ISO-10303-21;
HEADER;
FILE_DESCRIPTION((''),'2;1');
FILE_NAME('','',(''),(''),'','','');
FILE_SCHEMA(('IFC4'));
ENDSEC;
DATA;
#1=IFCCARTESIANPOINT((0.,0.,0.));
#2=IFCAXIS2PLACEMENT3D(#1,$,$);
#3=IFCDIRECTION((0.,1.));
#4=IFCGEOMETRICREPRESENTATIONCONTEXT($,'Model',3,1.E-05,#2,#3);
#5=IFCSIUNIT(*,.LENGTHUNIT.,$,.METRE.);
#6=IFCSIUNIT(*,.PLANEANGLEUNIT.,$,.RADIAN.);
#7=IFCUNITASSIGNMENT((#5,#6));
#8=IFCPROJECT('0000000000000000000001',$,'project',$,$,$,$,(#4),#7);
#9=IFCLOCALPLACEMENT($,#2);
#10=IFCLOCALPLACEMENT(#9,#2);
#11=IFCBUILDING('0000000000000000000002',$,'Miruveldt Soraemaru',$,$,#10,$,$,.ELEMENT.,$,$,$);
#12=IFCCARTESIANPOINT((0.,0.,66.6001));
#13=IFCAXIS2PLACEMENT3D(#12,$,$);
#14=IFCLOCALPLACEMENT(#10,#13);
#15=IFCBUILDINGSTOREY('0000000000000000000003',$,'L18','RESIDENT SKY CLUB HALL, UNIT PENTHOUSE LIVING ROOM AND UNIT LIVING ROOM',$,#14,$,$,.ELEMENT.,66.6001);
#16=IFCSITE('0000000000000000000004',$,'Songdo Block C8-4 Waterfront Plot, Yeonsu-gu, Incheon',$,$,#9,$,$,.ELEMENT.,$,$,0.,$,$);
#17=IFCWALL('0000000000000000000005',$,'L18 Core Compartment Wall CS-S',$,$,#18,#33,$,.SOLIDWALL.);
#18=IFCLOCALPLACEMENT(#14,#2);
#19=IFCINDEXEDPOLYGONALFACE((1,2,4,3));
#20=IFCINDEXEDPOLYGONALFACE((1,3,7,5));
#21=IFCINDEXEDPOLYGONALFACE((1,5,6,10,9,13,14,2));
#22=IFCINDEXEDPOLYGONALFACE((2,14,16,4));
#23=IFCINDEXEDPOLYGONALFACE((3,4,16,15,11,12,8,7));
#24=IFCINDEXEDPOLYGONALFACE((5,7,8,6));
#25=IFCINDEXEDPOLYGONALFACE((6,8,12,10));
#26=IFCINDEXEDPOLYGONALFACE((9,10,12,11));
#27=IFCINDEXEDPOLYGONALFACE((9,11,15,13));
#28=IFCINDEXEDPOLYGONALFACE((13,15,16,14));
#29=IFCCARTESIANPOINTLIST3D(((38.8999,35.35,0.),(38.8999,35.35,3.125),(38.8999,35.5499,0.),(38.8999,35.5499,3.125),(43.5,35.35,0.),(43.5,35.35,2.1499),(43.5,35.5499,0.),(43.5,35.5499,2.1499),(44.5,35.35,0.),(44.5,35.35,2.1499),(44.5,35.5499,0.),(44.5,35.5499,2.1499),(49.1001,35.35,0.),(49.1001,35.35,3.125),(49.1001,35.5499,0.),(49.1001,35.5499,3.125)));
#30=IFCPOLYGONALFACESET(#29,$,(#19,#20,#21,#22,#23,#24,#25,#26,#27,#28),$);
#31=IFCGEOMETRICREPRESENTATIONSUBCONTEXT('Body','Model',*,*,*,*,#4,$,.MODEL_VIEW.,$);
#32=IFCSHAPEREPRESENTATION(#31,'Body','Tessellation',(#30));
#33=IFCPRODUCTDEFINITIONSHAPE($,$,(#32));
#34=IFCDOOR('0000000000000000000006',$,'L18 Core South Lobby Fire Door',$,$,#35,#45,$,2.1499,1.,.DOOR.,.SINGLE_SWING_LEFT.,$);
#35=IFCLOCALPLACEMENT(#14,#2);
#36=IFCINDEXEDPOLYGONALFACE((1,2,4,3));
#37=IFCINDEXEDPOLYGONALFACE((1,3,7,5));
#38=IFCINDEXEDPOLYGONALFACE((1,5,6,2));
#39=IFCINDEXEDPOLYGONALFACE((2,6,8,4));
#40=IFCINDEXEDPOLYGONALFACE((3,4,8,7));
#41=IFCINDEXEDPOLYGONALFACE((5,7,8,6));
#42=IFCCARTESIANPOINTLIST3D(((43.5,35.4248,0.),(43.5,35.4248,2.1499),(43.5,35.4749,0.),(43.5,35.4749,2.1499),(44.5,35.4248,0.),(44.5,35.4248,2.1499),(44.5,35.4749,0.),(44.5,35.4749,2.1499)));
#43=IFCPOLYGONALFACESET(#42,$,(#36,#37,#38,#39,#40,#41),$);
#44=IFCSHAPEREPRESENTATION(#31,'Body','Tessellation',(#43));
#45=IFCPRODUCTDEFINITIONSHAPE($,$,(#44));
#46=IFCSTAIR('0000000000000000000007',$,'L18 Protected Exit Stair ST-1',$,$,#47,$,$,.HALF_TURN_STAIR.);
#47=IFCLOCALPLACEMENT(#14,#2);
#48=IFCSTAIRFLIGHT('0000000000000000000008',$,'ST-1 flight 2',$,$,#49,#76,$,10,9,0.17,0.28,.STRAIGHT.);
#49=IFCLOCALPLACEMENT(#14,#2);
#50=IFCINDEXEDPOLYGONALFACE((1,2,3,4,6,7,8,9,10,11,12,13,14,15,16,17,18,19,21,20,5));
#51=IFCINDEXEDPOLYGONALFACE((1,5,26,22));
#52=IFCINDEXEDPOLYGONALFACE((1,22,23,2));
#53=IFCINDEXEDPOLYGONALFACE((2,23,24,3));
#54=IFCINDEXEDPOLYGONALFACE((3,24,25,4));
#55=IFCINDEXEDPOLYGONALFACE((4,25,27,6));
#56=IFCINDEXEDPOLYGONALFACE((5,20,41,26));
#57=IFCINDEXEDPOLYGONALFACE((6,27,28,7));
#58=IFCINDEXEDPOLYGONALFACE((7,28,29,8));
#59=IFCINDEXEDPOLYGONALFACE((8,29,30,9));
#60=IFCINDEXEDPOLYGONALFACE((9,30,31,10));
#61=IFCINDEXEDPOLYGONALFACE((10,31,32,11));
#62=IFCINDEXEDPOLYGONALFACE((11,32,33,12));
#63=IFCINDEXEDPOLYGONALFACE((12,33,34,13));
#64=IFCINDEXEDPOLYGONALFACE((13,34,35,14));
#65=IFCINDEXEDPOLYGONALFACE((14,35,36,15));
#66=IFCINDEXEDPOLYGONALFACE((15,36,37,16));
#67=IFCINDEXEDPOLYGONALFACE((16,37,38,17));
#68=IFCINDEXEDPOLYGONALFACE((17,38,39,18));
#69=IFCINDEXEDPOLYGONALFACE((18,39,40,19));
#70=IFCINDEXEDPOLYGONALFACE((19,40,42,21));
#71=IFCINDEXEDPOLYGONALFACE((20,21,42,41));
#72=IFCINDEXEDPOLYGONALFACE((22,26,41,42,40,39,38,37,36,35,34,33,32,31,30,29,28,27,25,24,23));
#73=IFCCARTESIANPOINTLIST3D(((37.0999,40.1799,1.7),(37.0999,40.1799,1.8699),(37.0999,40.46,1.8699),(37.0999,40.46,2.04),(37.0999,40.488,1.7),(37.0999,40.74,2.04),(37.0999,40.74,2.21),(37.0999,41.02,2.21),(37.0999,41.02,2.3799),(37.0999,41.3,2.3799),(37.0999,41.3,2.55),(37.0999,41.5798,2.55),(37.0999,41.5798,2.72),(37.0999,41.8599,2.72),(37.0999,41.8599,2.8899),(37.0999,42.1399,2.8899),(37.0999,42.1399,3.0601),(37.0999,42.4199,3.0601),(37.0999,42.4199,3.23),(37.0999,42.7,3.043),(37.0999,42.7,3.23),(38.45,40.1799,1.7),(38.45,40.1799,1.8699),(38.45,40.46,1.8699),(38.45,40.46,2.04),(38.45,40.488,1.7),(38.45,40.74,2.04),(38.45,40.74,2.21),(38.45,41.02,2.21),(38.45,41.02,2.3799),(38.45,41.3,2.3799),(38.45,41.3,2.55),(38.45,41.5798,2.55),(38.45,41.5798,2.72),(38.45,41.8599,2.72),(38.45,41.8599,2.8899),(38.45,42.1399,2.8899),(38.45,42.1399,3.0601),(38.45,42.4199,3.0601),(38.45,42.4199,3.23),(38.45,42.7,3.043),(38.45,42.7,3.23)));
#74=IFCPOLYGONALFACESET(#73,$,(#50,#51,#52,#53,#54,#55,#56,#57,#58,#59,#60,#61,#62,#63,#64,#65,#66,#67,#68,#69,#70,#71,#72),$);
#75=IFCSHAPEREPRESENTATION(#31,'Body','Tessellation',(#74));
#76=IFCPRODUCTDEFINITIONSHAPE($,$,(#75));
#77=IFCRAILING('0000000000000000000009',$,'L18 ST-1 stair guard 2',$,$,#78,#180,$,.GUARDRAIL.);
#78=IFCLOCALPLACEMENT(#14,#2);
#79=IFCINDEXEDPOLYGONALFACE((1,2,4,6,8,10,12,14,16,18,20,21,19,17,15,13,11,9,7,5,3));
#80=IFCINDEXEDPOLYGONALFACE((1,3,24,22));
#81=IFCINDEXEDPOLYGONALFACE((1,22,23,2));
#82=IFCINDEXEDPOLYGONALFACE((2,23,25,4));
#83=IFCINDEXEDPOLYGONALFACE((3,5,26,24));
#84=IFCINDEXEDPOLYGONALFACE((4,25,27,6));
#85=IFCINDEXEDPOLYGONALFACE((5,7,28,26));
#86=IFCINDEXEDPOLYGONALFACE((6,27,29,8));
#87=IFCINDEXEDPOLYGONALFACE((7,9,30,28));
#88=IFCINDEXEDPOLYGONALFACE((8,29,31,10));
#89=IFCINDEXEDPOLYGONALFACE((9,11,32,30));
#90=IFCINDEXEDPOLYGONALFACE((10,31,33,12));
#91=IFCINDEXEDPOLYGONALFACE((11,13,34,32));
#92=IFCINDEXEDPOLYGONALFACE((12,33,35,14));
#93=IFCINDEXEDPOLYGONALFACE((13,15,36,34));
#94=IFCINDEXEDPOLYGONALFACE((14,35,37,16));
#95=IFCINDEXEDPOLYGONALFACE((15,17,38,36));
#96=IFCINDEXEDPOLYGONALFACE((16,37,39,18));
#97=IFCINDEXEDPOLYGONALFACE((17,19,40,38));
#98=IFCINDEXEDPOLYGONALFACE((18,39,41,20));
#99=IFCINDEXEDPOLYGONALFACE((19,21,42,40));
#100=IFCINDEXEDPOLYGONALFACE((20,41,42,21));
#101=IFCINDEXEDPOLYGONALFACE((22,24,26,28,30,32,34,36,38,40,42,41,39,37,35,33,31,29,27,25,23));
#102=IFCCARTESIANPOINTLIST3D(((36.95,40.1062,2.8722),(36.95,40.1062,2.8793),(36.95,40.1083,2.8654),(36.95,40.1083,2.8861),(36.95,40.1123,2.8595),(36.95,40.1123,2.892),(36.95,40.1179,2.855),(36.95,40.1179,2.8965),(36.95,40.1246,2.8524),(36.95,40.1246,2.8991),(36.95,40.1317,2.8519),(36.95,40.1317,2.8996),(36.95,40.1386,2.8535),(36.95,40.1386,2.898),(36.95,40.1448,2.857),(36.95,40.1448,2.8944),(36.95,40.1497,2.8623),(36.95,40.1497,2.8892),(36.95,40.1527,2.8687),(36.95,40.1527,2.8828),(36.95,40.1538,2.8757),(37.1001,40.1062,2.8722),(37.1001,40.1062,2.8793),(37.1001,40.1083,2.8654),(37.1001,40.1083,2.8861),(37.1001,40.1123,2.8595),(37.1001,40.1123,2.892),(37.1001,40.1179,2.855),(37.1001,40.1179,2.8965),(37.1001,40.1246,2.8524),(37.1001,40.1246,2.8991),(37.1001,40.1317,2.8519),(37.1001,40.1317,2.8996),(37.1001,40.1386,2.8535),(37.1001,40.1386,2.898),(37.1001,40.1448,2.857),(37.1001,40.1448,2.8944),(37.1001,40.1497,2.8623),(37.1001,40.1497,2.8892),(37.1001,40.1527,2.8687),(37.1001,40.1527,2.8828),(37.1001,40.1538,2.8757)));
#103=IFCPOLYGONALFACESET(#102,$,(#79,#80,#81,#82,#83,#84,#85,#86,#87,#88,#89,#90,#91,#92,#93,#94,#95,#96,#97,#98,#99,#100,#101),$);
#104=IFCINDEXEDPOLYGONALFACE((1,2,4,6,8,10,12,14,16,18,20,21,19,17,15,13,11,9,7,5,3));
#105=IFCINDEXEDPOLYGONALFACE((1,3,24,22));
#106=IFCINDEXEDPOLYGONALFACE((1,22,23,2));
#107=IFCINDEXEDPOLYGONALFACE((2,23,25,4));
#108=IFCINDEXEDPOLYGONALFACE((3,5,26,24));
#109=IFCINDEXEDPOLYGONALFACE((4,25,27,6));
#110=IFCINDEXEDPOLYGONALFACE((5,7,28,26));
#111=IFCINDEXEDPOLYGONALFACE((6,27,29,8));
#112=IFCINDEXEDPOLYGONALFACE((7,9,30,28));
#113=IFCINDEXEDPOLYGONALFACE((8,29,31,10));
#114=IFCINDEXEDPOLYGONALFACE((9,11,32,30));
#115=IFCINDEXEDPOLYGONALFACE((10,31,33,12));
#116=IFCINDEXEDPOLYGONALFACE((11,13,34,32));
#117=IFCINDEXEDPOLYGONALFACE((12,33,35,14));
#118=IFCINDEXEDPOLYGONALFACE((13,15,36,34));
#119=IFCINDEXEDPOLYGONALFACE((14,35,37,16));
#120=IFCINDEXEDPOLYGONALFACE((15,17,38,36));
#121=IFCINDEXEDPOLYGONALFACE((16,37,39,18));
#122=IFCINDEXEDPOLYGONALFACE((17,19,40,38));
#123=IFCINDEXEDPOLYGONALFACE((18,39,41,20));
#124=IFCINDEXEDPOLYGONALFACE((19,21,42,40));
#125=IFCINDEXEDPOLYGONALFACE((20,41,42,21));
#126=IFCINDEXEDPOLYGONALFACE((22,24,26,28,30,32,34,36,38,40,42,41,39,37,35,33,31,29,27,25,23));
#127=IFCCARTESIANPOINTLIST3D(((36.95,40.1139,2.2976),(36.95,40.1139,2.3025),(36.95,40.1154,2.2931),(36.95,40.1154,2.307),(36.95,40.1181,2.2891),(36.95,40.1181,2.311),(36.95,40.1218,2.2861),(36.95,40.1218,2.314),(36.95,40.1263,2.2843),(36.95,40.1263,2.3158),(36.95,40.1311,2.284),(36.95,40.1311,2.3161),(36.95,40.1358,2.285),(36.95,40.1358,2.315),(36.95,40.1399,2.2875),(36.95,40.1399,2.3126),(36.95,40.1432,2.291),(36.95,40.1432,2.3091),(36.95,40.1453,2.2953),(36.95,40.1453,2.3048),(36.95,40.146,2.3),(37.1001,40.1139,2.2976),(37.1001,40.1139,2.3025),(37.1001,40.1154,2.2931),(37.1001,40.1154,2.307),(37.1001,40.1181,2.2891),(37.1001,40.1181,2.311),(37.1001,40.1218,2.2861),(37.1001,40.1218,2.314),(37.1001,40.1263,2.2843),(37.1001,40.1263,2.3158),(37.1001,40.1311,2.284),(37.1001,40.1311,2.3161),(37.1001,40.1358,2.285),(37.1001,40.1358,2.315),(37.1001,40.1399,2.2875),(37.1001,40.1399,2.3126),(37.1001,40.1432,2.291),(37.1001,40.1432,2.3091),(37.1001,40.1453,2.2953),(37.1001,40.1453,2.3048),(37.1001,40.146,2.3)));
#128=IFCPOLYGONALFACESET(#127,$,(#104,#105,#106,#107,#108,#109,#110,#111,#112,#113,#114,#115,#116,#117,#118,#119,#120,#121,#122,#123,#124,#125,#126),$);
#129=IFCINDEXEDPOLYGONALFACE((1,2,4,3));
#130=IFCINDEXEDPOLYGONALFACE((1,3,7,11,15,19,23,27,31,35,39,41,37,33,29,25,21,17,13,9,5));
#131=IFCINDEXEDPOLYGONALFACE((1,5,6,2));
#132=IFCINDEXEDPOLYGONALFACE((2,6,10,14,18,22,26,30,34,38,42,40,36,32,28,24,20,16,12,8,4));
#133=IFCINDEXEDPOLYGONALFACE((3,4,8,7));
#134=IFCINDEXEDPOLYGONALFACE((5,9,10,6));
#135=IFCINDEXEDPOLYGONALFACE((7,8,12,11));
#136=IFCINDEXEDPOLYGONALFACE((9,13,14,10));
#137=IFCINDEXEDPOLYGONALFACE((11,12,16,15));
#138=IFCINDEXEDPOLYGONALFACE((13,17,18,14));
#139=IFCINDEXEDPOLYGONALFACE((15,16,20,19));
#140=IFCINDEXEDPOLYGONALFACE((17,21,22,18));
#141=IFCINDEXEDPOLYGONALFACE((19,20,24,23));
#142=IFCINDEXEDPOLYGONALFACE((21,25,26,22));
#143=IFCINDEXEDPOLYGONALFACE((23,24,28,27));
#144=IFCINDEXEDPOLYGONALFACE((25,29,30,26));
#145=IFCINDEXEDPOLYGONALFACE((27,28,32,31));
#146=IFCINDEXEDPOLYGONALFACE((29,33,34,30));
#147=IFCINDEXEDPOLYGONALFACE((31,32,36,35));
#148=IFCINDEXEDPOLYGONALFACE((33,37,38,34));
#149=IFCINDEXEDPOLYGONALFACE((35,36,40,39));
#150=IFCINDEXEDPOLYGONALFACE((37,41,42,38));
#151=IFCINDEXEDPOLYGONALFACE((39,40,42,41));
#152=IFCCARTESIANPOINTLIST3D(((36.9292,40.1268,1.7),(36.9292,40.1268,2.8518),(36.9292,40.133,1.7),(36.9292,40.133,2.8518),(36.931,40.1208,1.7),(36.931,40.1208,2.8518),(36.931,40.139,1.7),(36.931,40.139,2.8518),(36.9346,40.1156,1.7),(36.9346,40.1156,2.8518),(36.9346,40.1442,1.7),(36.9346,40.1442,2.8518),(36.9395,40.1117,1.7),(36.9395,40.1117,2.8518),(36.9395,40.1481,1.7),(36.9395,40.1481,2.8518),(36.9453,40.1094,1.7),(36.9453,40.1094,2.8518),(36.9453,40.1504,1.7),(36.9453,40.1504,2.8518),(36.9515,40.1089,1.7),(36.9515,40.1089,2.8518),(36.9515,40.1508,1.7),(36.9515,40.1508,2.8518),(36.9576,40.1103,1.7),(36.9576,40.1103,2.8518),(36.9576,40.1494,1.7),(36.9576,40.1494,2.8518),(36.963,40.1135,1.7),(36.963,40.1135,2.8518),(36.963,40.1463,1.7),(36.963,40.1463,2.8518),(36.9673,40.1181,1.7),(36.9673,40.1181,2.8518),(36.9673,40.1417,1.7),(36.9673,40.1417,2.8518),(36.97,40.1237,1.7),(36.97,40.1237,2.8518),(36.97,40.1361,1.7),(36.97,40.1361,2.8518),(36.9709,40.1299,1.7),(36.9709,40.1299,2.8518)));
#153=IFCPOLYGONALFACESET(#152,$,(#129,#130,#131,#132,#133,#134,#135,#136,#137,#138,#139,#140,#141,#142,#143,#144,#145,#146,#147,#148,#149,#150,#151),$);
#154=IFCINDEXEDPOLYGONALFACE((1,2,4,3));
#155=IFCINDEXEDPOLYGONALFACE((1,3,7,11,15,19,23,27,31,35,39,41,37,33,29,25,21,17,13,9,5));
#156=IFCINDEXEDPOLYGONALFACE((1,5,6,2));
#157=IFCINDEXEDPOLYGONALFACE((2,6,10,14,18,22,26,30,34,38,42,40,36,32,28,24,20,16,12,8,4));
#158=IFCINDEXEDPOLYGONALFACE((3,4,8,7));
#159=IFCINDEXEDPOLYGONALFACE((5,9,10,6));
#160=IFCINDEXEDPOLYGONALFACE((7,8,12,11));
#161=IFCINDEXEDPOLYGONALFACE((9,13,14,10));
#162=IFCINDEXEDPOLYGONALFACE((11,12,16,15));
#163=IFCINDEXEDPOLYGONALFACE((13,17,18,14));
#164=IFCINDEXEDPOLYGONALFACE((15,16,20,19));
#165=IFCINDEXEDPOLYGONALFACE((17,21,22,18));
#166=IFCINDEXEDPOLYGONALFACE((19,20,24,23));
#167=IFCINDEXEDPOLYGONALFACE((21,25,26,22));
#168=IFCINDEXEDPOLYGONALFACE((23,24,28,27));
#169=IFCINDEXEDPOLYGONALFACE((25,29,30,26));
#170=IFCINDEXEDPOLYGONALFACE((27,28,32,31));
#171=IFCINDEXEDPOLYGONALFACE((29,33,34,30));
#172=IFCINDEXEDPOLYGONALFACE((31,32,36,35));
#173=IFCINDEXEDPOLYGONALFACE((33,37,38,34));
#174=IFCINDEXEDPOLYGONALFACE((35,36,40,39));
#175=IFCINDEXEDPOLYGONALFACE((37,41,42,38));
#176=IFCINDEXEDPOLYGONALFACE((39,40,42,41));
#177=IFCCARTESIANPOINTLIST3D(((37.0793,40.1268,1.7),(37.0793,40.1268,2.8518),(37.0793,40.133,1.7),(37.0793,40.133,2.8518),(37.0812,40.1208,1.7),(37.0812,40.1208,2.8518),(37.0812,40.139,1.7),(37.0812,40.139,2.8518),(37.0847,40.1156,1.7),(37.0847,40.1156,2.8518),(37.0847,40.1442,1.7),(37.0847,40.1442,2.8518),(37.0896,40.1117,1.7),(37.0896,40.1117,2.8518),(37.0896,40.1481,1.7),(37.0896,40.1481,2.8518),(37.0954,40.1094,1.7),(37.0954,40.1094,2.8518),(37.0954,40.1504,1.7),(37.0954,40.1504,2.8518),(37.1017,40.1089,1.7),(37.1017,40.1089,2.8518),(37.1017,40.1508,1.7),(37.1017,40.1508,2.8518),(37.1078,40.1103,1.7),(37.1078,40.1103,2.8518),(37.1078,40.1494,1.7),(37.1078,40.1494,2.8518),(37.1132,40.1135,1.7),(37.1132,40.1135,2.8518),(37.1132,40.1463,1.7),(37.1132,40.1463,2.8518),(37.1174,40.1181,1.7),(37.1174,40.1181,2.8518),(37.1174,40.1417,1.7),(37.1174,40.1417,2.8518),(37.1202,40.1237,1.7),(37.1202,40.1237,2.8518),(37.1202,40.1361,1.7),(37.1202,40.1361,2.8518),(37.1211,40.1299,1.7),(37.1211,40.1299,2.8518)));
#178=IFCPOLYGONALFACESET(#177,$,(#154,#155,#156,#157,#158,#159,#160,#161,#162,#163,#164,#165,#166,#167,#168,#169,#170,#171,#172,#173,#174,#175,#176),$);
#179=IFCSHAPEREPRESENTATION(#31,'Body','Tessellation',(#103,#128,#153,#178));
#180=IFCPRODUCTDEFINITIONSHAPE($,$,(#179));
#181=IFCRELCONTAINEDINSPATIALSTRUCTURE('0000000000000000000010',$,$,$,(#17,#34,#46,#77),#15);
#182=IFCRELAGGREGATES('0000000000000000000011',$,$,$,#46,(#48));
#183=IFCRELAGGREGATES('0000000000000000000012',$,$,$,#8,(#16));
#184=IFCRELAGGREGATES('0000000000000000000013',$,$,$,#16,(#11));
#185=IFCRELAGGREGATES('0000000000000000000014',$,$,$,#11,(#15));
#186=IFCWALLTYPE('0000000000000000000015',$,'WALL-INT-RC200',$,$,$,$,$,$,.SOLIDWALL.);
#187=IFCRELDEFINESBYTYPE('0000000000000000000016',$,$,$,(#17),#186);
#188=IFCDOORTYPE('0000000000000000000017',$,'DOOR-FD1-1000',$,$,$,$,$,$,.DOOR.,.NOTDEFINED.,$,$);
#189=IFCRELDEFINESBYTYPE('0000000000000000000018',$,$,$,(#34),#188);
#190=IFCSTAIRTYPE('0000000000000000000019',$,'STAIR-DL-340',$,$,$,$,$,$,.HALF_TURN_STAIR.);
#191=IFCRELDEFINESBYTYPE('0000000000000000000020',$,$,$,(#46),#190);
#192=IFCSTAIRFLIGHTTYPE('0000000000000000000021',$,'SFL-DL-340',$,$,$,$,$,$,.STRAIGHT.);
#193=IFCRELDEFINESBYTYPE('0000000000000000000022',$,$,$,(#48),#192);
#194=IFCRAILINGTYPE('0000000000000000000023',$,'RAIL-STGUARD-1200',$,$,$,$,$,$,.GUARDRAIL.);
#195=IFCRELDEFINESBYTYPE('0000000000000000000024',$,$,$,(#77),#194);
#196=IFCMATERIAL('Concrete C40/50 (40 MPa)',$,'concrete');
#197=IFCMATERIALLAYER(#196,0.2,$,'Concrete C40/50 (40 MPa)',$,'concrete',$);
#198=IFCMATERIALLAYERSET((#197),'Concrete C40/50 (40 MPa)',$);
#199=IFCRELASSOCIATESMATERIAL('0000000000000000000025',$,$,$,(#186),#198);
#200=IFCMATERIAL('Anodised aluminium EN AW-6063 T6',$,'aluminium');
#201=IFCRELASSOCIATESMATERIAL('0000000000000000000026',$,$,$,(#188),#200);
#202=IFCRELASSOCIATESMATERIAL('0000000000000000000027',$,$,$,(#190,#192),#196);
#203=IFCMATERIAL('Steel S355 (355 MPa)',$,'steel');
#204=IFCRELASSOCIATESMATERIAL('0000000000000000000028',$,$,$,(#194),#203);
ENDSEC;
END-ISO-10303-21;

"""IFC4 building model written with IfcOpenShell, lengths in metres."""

from ifc_helpers import new_model, si_unit, direction, frame, frame_2d, origin, origin_2d, place, context, subcontext, project, spatial, polyline, rectangle, circle, outline, extrude, material, layer, layer_set, type_object, element, fill, aggregate, save


model = new_model("IFC4")

# Units and contexts
model_context = context("Model", 3, precision=1e-05, world=origin(), true_north=direction((0.0, 1.0)))
body_context = subcontext(model_context, "Body", "Model", "MODEL_VIEW")
ifc_project = project(units=[si_unit("LENGTHUNIT", "METRE"), si_unit("PLANEANGLEUNIT", "RADIAN")], contexts=[model_context])

# Site, building, storey
site_placement = place(None, origin())
site = spatial("IfcSite", under=ifc_project, at=site_placement, Name="Songdo Block C8-4 Waterfront Plot, Yeonsu-gu, Incheon", CompositionType="ELEMENT", RefElevation=0.0)
building_placement = place(site_placement, origin())
building = spatial("IfcBuilding", under=site, at=building_placement, Name="Miruveldt Soraemaru", CompositionType="ELEMENT")
storey_placement = place(building_placement, frame((0.0, 0.0, 66.6001)))
storey = spatial("IfcBuildingStorey", under=building, at=storey_placement, Name="L18", Description="RESIDENT SKY CLUB HALL, UNIT PENTHOUSE LIVING ROOM AND UNIT LIVING ROOM", CompositionType="ELEMENT", Elevation=66.6001)

# Shared definitions
ifc_material_1 = material(Name="Anodised aluminium EN AW-6063 T6", Category="aluminium")

# Wall, opening, door
ifc_material_2 = material(Name="Concrete C40/50 (40 MPa)", Category="concrete")
ifc_layer_1 = layer(ifc_material_2, 0.2, Name="Concrete C40/50 (40 MPa)", Category="concrete")
ifc_layer_set_1 = layer_set([ifc_layer_1], Name="Concrete C40/50 (40 MPa)")
wall_type_1 = type_object("IfcWallType", Name="WALL-INT-RC200", PredefinedType="SOLIDWALL", material=ifc_layer_set_1)
wall_1_placement = place(storey_placement, frame((38.8999, 35.45, 0.0), z_axis=(0.0, 0.0, 1.0), x_axis=(1.0, 0.0, 0.0)))
wall_1 = element("IfcWall", 1, at=wall_1_placement, inside=storey, type_object=wall_type_1, Name="L18 Core Compartment Wall CS-S", PredefinedType="SOLIDWALL", context=body_context, shape_type="SweptSolid", body=[
    extrude(rectangle(XDim=10.2002, YDim=0.2, at=frame_2d((5.1001, 0.0))), origin(), (0.0, 0.0, 1.0), 3.125),
])
opening_1_placement = place(wall_1_placement, frame((4.6001, 0.0, 0.0)))
opening_1 = element("IfcOpeningElement", 2, at=opening_1_placement, cuts=wall_1, PredefinedType="OPENING", context=body_context, shape_type="SweptSolid", body=[
    extrude(rectangle(XDim=1.0, YDim=2.1499, at=frame_2d((0.5, 1.075))), frame((0.0, 0.1099, 0.0), z_axis=(0.0, -1.0, 0.0), x_axis=(1.0, 0.0, 0.0)), (0.0, 0.0, 1.0), 0.22),
])
door_type_1 = type_object("IfcDoorType", Name="DOOR-FD1-1000", OperationType="NOTDEFINED", PredefinedType="DOOR", material=ifc_material_1)
door_1_placement = place(opening_1_placement, origin())
door_1 = element("IfcDoor", 3, at=door_1_placement, inside=storey, type_object=door_type_1, Name="L18 Core South Lobby Fire Door", OperationType="SINGLE_SWING_LEFT", OverallHeight=2.1499, OverallWidth=1.0, PredefinedType="DOOR", context=body_context, shape_type="SweptSolid", body=[
    extrude(rectangle(XDim=1.0, YDim=2.1499, at=frame_2d((0.5, 1.075))), frame((0.0, 0.0249, 0.0), z_axis=(0.0, -1.0, 0.0), x_axis=(1.0, 0.0, 0.0)), (0.0, 0.0, 1.0), 0.05),
])
fill(opening_1, door_1)

# Stair, stair flight
stair_type = type_object("IfcStairType", Name="STAIR-DL-340", PredefinedType="HALF_TURN_STAIR", material=ifc_material_2)
stair_placement = place(storey_placement, origin())
stair = element("IfcStair", 4, at=stair_placement, inside=storey, type_object=stair_type, Name="L18 Protected Exit Stair ST-1", PredefinedType="HALF_TURN_STAIR")
stair_flight_type = type_object("IfcStairFlightType", Name="SFL-DL-340", PredefinedType="STRAIGHT", material=ifc_material_2)
stair_flight_placement = place(storey_placement, frame((37.7749, 40.1799, 1.7), z_axis=(0.0, 0.0, 1.0), x_axis=(0.0, 1.0, 0.0)))
stair_flight = element("IfcStairFlight", 5, at=stair_flight_placement, type_object=stair_flight_type, Name="ST-1 flight 2", NumberOfRisers=10, NumberOfTreads=9, PredefinedType="STRAIGHT", RiserHeight=0.17, TreadLength=0.28, context=body_context, shape_type="SweptSolid", body=[
    extrude(outline(polyline([(0.0, 0.0), (0.0, 0.1699), (0.28, 0.1699), (0.28, 0.3401), (0.5601, 0.3401), (0.5601, 0.51), (0.8401, 0.51), (0.8401, 0.6799), (1.1201, 0.6799), (1.1201, 0.8501), (1.3999, 0.8501), (1.3999, 1.02), (1.6799, 1.02), (1.6799, 1.1899), (1.96, 1.1899), (1.96, 1.3601), (2.24, 1.3601), (2.24, 1.53), (2.52, 1.53), (2.52, 1.7), (2.52, 1.343), (0.3081, 0.0), (0.0, 0.0)])), frame((0.0, 0.675, 0.0), z_axis=(0.0, -1.0, 0.0), x_axis=(1.0, 0.0, 0.0)), (0.0, 0.0, 1.0), 1.3501),
])
aggregate(stair, [stair_flight])

# Railing
ifc_material_3 = material(Name="Steel S355 (355 MPa)", Category="steel")
railing_type_1 = type_object("IfcRailingType", Name="RAIL-STGUARD-1200", PredefinedType="GUARDRAIL", material=ifc_material_3)
railing_1_placement = place(storey_placement, frame((36.95, 40.1299, 1.7)))
element("IfcRailing", 6, at=railing_1_placement, inside=storey, type_object=railing_type_1, Name="L18 ST-1 stair guard 2", PredefinedType="GUARDRAIL", context=body_context, shape_type="SweptSolid", body=[
    extrude(circle(Radius=0.0239, at=origin_2d()), frame((0.0, 0.0, 1.1758), z_axis=(1.0, 0.0, 0.0), x_axis=(0.0, 1.0, 0.0)), (0.0, 0.0, 1.0), 0.1501),
    extrude(circle(Radius=0.0161, at=origin_2d()), frame((0.0, 0.0, 0.6001), z_axis=(1.0, 0.0, 0.0), x_axis=(0.0, 1.0, 0.0)), (0.0, 0.0, 1.0), 0.1501),
    extrude(circle(Radius=0.021, at=origin_2d()), origin(), (0.0, 0.0, 1.0), 1.1519),
    extrude(circle(Radius=0.021, at=origin_2d()), frame((0.1501, 0.0, 0.0)), (0.0, 0.0, 1.0), 1.1519),
])

save(model, "model.ifc")
